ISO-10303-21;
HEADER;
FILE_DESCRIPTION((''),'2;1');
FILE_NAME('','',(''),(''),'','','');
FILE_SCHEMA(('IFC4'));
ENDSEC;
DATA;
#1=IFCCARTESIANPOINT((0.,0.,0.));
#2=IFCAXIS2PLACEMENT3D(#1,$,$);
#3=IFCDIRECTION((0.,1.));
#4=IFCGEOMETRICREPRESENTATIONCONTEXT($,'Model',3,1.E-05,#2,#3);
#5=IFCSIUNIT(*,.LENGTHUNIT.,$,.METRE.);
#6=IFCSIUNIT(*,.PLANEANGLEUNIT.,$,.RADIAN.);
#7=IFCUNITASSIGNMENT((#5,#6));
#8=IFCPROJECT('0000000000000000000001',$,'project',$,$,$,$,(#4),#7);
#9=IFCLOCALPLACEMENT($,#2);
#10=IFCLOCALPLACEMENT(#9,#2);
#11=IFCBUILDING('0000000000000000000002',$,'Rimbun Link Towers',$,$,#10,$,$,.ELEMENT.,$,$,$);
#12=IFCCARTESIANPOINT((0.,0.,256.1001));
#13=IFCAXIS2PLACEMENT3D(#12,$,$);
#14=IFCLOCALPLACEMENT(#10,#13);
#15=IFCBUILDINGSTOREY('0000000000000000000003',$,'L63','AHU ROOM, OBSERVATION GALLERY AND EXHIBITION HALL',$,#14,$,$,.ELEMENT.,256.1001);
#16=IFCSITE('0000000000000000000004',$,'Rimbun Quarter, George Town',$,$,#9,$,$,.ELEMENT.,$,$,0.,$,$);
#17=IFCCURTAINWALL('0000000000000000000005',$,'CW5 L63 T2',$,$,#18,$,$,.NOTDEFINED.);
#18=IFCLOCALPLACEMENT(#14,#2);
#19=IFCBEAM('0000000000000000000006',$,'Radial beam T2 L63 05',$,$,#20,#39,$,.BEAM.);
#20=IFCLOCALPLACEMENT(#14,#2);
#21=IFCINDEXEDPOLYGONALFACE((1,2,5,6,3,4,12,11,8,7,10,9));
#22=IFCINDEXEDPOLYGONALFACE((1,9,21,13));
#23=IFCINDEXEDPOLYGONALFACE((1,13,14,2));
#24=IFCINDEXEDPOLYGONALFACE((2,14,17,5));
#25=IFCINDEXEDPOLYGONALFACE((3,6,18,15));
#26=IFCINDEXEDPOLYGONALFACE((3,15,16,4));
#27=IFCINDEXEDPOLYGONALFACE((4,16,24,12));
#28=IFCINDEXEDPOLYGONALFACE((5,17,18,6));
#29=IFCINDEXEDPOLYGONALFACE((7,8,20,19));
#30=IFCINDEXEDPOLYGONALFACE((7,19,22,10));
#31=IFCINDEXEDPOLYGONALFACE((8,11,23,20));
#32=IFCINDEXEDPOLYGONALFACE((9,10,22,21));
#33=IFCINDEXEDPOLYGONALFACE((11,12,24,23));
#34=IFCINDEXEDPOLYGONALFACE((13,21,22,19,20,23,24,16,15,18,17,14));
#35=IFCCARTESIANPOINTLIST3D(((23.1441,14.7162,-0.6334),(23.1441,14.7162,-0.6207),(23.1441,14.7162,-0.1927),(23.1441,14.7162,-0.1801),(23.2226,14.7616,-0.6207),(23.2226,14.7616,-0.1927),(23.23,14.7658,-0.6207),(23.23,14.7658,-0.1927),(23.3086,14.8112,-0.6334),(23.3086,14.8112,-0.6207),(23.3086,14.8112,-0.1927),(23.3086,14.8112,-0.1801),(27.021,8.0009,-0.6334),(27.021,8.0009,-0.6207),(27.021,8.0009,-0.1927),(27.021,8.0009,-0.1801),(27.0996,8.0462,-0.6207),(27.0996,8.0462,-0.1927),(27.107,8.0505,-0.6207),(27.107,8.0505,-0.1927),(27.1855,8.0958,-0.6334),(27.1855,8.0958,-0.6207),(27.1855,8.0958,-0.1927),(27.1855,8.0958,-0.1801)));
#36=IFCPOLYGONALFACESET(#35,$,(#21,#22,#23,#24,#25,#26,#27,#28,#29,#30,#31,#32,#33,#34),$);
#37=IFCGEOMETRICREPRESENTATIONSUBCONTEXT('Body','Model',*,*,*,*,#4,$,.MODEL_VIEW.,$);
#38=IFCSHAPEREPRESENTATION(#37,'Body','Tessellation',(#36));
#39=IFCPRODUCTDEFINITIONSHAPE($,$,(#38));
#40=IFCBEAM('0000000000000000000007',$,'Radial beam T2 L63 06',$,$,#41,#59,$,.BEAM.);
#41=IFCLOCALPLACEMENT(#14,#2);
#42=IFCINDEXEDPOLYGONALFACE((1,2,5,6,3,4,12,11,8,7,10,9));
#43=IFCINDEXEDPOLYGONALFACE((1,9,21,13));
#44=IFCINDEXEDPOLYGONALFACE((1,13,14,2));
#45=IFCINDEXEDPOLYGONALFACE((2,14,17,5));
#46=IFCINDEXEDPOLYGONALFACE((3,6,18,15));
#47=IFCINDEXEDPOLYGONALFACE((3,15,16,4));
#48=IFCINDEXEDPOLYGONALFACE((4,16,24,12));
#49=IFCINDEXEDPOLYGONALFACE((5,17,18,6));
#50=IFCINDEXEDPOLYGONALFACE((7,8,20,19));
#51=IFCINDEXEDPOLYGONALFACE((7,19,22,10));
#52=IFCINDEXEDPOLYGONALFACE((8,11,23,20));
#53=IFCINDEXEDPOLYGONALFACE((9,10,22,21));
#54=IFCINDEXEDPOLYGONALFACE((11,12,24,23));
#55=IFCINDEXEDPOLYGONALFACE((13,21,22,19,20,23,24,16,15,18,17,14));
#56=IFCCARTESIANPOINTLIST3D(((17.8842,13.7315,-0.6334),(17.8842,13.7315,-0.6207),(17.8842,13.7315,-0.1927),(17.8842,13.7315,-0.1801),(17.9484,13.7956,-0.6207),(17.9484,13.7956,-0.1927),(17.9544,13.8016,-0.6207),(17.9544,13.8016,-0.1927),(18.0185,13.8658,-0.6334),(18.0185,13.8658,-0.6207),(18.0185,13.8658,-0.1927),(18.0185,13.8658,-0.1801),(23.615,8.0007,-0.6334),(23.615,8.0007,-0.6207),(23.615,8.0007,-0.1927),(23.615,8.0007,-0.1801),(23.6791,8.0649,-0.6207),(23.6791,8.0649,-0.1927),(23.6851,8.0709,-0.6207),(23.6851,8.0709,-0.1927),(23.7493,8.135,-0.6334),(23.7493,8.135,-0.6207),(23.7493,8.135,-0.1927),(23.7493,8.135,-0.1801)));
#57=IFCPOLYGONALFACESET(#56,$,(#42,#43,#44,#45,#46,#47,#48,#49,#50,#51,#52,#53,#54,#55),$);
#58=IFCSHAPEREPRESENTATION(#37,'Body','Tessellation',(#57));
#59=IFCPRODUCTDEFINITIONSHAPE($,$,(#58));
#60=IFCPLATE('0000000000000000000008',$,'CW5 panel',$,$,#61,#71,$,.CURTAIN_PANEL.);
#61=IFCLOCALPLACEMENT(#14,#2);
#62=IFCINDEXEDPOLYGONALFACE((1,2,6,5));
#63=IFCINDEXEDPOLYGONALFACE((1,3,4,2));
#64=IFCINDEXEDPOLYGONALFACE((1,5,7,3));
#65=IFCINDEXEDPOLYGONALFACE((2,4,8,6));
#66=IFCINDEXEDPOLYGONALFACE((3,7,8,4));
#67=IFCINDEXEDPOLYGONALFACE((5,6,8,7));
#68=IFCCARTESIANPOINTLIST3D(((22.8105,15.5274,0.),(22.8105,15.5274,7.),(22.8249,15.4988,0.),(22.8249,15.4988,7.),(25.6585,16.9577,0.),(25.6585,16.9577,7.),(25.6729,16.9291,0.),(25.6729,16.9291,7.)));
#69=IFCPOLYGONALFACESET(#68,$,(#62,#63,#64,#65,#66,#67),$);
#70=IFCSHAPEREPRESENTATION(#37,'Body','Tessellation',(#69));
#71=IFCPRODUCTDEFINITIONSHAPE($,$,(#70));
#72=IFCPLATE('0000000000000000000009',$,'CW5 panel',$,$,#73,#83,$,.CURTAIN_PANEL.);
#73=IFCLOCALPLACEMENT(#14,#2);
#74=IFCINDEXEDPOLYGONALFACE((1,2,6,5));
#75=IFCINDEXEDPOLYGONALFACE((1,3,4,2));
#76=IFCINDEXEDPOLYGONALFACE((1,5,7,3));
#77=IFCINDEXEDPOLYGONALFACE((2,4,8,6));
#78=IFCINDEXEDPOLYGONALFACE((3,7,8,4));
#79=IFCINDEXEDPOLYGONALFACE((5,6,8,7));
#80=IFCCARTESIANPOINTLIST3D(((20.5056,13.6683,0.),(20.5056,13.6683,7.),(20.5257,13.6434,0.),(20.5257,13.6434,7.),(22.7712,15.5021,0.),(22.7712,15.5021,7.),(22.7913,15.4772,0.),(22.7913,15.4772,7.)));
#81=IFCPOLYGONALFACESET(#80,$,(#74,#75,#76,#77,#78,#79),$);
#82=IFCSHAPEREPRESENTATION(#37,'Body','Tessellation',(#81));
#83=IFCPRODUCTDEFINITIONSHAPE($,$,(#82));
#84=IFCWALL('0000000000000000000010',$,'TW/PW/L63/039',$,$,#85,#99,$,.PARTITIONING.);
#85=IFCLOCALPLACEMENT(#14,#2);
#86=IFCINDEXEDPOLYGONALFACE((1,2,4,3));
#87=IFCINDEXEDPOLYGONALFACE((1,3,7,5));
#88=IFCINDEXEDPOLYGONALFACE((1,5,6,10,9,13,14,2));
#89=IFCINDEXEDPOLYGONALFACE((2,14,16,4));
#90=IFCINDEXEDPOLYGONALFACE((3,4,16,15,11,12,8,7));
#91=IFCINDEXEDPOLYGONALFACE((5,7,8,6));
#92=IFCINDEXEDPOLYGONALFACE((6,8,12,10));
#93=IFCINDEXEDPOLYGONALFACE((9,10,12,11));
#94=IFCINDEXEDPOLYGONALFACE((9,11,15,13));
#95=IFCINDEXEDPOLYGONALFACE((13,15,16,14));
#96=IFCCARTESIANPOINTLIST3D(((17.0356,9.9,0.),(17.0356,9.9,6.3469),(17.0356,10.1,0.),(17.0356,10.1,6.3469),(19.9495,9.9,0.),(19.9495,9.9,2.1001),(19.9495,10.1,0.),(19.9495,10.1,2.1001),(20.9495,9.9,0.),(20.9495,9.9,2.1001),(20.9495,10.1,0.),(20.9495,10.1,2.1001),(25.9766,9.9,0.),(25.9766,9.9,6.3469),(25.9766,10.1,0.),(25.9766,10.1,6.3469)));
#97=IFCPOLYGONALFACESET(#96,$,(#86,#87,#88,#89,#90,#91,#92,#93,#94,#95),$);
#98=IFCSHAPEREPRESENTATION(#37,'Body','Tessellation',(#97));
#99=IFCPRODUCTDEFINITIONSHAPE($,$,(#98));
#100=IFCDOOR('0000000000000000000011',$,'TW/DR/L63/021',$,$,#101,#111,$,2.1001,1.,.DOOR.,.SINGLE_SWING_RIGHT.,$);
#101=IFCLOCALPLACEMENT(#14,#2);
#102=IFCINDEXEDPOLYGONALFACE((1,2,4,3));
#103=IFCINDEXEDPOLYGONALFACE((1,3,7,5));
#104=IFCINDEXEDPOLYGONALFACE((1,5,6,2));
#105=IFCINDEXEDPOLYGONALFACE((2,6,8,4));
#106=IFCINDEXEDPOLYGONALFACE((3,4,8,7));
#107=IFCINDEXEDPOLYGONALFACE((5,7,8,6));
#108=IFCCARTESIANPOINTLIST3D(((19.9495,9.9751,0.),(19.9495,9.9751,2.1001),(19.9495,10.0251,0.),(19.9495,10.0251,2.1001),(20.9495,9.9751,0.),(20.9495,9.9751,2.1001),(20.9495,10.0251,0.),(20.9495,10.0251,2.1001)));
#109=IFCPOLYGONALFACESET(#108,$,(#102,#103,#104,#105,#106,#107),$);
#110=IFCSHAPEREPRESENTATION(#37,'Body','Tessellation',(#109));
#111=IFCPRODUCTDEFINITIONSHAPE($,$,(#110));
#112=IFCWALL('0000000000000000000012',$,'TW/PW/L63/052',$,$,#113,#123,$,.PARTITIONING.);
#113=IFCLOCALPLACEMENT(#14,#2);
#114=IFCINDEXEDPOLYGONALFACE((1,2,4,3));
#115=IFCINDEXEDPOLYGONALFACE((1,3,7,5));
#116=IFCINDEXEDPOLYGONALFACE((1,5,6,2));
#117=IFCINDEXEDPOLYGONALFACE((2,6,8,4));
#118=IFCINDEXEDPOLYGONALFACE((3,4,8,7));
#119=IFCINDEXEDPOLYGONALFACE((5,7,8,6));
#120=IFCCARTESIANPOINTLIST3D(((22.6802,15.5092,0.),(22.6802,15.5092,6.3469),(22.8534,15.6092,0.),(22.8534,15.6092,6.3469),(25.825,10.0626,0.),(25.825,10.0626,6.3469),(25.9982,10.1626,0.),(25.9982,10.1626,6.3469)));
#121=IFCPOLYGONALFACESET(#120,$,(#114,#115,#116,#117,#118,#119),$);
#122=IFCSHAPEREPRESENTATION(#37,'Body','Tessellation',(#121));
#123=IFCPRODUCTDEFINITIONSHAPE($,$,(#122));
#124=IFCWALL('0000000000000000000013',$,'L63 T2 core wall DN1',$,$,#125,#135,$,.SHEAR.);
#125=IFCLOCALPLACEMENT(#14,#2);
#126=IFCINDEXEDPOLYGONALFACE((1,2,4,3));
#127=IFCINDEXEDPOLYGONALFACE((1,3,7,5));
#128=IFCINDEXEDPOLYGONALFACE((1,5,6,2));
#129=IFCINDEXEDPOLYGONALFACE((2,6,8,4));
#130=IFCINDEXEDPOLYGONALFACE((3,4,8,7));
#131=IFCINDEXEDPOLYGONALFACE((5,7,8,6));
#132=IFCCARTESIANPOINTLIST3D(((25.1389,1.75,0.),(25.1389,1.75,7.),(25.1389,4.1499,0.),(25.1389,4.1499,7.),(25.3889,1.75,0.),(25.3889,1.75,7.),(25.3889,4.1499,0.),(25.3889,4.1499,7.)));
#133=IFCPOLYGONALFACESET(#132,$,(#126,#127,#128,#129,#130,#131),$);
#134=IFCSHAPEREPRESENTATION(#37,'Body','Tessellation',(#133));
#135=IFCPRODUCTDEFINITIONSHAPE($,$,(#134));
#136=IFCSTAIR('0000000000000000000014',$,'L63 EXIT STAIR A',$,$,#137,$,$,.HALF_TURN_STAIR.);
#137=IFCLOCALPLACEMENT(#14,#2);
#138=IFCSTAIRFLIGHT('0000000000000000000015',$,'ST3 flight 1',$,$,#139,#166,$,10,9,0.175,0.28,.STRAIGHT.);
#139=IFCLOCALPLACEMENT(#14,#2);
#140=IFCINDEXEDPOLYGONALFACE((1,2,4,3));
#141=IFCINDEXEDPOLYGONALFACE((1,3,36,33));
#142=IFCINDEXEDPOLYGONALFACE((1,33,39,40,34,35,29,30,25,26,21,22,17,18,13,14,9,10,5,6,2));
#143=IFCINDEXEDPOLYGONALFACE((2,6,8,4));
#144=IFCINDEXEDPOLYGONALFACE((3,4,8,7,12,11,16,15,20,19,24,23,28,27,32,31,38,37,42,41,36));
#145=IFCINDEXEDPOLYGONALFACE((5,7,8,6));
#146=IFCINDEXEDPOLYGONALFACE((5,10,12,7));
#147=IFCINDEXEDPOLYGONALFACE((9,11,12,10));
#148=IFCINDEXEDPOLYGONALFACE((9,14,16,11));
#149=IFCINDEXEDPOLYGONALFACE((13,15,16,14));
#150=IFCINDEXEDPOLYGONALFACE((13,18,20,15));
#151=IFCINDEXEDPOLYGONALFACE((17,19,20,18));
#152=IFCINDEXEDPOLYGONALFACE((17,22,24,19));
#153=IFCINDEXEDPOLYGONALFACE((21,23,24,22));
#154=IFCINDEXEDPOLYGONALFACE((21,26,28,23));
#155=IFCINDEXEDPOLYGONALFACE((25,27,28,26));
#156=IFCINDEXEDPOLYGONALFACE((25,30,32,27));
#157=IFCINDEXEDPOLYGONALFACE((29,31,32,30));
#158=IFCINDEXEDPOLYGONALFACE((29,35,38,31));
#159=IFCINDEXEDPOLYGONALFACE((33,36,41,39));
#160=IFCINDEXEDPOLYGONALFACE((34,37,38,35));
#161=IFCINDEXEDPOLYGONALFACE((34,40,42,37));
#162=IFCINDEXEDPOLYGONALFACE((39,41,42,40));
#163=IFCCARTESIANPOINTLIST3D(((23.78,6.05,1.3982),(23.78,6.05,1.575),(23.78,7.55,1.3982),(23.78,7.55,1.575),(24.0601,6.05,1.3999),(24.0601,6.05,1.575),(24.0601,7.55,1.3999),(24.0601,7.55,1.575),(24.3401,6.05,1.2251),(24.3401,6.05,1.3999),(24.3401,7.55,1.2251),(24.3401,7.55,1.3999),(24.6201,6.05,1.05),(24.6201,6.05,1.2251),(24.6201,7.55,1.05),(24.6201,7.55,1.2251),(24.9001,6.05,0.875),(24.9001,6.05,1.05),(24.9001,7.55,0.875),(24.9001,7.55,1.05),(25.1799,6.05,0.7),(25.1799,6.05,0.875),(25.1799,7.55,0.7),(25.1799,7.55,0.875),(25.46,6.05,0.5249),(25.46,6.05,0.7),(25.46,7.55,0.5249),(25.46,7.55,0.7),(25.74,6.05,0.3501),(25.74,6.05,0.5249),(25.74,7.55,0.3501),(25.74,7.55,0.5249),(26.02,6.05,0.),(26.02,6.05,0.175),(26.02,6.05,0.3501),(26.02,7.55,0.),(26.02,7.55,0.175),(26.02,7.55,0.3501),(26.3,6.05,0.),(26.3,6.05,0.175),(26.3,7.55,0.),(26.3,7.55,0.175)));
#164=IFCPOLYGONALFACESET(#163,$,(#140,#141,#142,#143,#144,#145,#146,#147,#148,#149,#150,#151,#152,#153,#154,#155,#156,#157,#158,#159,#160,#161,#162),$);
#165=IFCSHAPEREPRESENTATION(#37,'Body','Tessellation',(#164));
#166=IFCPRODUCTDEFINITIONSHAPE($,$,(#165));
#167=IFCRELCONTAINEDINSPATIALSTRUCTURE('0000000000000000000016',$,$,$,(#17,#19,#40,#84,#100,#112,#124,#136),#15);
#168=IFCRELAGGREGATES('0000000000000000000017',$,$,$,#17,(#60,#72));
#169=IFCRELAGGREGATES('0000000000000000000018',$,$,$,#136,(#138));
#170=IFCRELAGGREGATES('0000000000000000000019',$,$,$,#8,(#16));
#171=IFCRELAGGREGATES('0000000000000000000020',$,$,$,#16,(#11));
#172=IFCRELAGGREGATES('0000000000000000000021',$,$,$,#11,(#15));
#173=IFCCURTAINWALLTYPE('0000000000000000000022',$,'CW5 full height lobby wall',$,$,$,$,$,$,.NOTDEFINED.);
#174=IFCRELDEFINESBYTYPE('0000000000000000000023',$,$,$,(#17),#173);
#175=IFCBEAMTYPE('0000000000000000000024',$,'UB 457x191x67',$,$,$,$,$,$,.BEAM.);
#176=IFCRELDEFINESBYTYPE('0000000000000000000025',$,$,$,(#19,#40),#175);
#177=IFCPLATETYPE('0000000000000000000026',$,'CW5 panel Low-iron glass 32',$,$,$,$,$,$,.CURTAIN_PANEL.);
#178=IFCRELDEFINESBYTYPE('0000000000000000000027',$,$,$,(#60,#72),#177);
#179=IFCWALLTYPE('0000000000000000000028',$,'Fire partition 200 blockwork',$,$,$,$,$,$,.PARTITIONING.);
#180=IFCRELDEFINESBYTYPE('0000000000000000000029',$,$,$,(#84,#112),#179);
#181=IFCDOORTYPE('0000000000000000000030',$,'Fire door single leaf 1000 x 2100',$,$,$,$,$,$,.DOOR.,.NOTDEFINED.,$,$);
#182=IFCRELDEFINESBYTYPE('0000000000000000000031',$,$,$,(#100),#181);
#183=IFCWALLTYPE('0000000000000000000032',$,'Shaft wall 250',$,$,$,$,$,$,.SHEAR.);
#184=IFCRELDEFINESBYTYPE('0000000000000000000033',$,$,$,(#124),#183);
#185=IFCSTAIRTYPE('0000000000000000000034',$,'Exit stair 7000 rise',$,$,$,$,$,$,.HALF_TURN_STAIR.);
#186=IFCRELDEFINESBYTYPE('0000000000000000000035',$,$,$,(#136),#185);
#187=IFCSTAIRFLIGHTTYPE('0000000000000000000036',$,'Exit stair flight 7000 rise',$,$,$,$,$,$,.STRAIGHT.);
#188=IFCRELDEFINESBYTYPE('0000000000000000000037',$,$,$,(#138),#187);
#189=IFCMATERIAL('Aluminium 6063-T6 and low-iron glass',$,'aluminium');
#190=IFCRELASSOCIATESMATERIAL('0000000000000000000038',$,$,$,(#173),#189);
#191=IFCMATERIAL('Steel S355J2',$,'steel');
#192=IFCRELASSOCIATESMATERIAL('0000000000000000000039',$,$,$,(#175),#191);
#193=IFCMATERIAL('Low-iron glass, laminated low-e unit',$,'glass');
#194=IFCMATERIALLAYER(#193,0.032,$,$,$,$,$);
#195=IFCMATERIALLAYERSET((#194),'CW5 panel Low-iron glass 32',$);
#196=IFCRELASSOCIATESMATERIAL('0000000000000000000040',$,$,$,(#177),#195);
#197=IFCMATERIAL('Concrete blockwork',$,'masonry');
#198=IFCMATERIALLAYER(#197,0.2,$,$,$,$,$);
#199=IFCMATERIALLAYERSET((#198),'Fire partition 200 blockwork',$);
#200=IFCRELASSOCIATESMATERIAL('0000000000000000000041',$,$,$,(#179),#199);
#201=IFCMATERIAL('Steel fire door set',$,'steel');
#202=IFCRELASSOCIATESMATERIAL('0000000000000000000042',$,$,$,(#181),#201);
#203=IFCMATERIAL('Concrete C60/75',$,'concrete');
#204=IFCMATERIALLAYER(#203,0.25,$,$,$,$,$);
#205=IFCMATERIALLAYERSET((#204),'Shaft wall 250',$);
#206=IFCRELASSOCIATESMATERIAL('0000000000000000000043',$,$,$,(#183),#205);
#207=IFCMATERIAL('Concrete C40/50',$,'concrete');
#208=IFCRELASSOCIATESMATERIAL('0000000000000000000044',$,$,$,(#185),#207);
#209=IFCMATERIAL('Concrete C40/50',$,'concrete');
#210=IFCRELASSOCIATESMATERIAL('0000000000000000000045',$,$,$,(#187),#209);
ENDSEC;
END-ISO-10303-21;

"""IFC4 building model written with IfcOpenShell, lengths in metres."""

from ifc_helpers import new_model, si_unit, direction, frame, frame_2d, origin, origin_2d, place, context, subcontext, project, spatial, polyline, rectangle, i_section, outline, extrude, material, layer, layer_set, material_profile, profile_set, type_object, element, fill, aggregate, save


model = new_model("IFC4")

# Units and contexts
model_context = context("Model", 3, precision=1e-05, world=origin(), true_north=direction((0.0, 1.0)))
body_context = subcontext(model_context, "Body", "Model", "MODEL_VIEW")
ifc_project = project(units=[si_unit("LENGTHUNIT", "METRE"), si_unit("PLANEANGLEUNIT", "RADIAN")], contexts=[model_context])

# Site, building, storey
site_placement = place(None, origin())
site = spatial("IfcSite", under=ifc_project, at=site_placement, Name="Rimbun Quarter, George Town", CompositionType="ELEMENT", RefElevation=0.0)
building_placement = place(site_placement, origin())
building = spatial("IfcBuilding", under=site, at=building_placement, Name="Rimbun Link Towers", CompositionType="ELEMENT")
storey_placement = place(building_placement, frame((0.0, 0.0, 256.1001)))
storey = spatial("IfcBuildingStorey", under=building, at=storey_placement, Name="L63", Description="AHU ROOM, OBSERVATION GALLERY AND EXHIBITION HALL", CompositionType="ELEMENT", Elevation=256.1001)

# Curtain wall
ifc_material_1 = material(Name="Aluminium 6063-T6 and low-iron glass", Category="aluminium")
curtain_wall_type = type_object("IfcCurtainWallType", Name="CW5 full height lobby wall", PredefinedType="NOTDEFINED", material=ifc_material_1)
curtain_wall_placement = place(storey_placement, origin())
curtain_wall = element("IfcCurtainWall", 1, at=curtain_wall_placement, inside=storey, type_object=curtain_wall_type, Name="CW5 L63 T2", PredefinedType="NOTDEFINED")

# Beams
ifc_material_2 = material(Name="Steel S355J2", Category="steel")
ifc_material_profile_1 = material_profile(ifc_material_2, i_section(OverallWidth=0.1899, OverallDepth=0.4534, WebThickness=0.0085, FlangeThickness=0.0127, at=origin_2d()), Name="UB 457x191x67")
ifc_profile_set_1 = profile_set([ifc_material_profile_1], Name="Steel S355J2")
beam_type_1 = type_object("IfcBeamType", Name="UB 457x191x67", PredefinedType="BEAM", material=ifc_profile_set_1)
beam_1_placement = place(storey_placement, frame((27.1033, 8.0483, -0.4067), z_axis=(-0.499986, 0.866034, 0.0), x_axis=(-0.866034, -0.499986, 0.0)))
element("IfcBeam", 2, at=beam_1_placement, inside=storey, type_object=beam_type_1, Name="Radial beam T2 L63 05", PredefinedType="BEAM", context=body_context, shape_type="SweptSolid", body=[
    extrude(i_section(OverallWidth=0.1899, OverallDepth=0.4534, WebThickness=0.0085, FlangeThickness=0.0127, at=origin_2d()), origin(), (0.0, 0.0, 1.0), 7.7542),
])
beam_2_placement = place(storey_placement, frame((23.6821, 8.0679, -0.4067), z_axis=(-0.707107, 0.707107, 0.0), x_axis=(-0.707107, -0.707107, 0.0)))
element("IfcBeam", 3, at=beam_2_placement, inside=storey, type_object=beam_type_1, Name="Radial beam T2 L63 06", PredefinedType="BEAM", context=body_context, shape_type="SweptSolid", body=[
    extrude(i_section(OverallWidth=0.1899, OverallDepth=0.4534, WebThickness=0.0085, FlangeThickness=0.0127, at=origin_2d()), origin(), (0.0, 0.0, 1.0), 8.1045),
])

# Plates
ifc_material_3 = material(Name="Low-iron glass, laminated low-e unit", Category="glass")
ifc_layer_1 = layer(ifc_material_3, 0.032)
ifc_layer_set_1 = layer_set([ifc_layer_1], Name="CW5 panel Low-iron glass 32")
plate_type = type_object("IfcPlateType", Name="CW5 panel Low-iron glass 32", PredefinedType="CURTAIN_PANEL", material=ifc_layer_set_1)
plate_1_placement = place(storey_placement, frame((24.2417, 16.2283, 0.0), z_axis=(0.0, 0.0, 1.0), x_axis=(0.893639, 0.448787, 0.0)))
plate_1 = element("IfcPlate", 4, at=plate_1_placement, type_object=plate_type, Name="CW5 panel", PredefinedType="CURTAIN_PANEL", context=body_context, shape_type="SweptSolid", body=[
    extrude(rectangle(XDim=3.187, YDim=0.032, at=origin_2d()), origin(), (0.0, 0.0, 1.0), 7.0),
])
plate_2_placement = place(storey_placement, frame((21.6484, 14.5728, 0.0), z_axis=(0.0, 0.0, 1.0), x_axis=(0.777289, 0.629144, 0.0)))
plate_2 = element("IfcPlate", 5, at=plate_2_placement, type_object=plate_type, Name="CW5 panel", PredefinedType="CURTAIN_PANEL", context=body_context, shape_type="SweptSolid", body=[
    extrude(rectangle(XDim=2.9148, YDim=0.032, at=origin_2d()), origin(), (0.0, 0.0, 1.0), 7.0),
])
aggregate(curtain_wall, [plate_1, plate_2])

# Wall, opening, door
ifc_material_4 = material(Name="Concrete blockwork", Category="masonry")
ifc_layer_2 = layer(ifc_material_4, 0.2)
ifc_layer_set_2 = layer_set([ifc_layer_2], Name="Fire partition 200 blockwork")
wall_type_1 = type_object("IfcWallType", Name="Fire partition 200 blockwork", PredefinedType="PARTITIONING", material=ifc_layer_set_2)
wall_1_placement = place(storey_placement, frame((25.9766, 10.0, 0.0), z_axis=(0.0, 0.0, 1.0), x_axis=(-1.0, 0.0, 0.0)))
wall_1 = element("IfcWall", 6, at=wall_1_placement, inside=storey, type_object=wall_type_1, Name="TW/PW/L63/039", PredefinedType="PARTITIONING", context=body_context, shape_type="SweptSolid", body=[
    extrude(rectangle(XDim=8.9409, YDim=0.2, at=frame_2d((4.4705, 0.0))), origin(), (0.0, 0.0, 1.0), 6.3469),
])
opening_placement = place(wall_1_placement, frame((5.0271, 0.0, 0.0)))
opening = element("IfcOpeningElement", 7, at=opening_placement, cuts=wall_1, PredefinedType="OPENING", context=body_context, shape_type="SweptSolid", body=[
    extrude(rectangle(XDim=1.0, YDim=2.1001, at=frame_2d((0.5, 1.05))), frame((0.0, 0.1099, 0.0), z_axis=(0.0, -1.0, 0.0), x_axis=(1.0, 0.0, 0.0)), (0.0, 0.0, 1.0), 0.22),
])
ifc_material_5 = material(Name="Steel fire door set", Category="steel")
door_type = type_object("IfcDoorType", Name="Fire door single leaf 1000 x 2100", OperationType="NOTDEFINED", PredefinedType="DOOR", material=ifc_material_5)
door_placement = place(opening_placement, origin())
door = element("IfcDoor", 8, at=door_placement, inside=storey, type_object=door_type, Name="TW/DR/L63/021", OperationType="SINGLE_SWING_RIGHT", OverallHeight=2.1001, OverallWidth=1.0, PredefinedType="DOOR", context=body_context, shape_type="SweptSolid", body=[
    extrude(rectangle(XDim=1.0, YDim=2.1001, at=frame_2d((0.5, 1.05))), frame((0.0, 0.0249, 0.0), z_axis=(0.0, -1.0, 0.0), x_axis=(1.0, 0.0, 0.0)), (0.0, 0.0, 1.0), 0.05),
])
fill(opening, door)

# Walls
wall_2_placement = place(storey_placement, frame((22.7668, 15.5591, 0.0), z_axis=(0.0, 0.0, 1.0), x_axis=(0.500026, -0.86601, 0.0)))
element("IfcWall", 9, at=wall_2_placement, inside=storey, type_object=wall_type_1, Name="TW/PW/L63/052", PredefinedType="PARTITIONING", context=body_context, shape_type="SweptSolid", body=[
    extrude(rectangle(XDim=6.2893, YDim=0.2, at=frame_2d((3.1445, 0.0))), origin(), (0.0, 0.0, 1.0), 6.3469),
])
ifc_material_6 = material(Name="Concrete C60/75", Category="concrete")
ifc_layer_3 = layer(ifc_material_6, 0.25)
ifc_layer_set_3 = layer_set([ifc_layer_3], Name="Shaft wall 250")
wall_type_2 = type_object("IfcWallType", Name="Shaft wall 250", PredefinedType="SHEAR", material=ifc_layer_set_3)
wall_3_placement = place(storey_placement, frame((25.2639, 1.75, 0.0), z_axis=(0.0, 0.0, 1.0), x_axis=(0.0, 1.0, 0.0)))
element("IfcWall", 10, at=wall_3_placement, inside=storey, type_object=wall_type_2, Name="L63 T2 core wall DN1", PredefinedType="SHEAR", context=body_context, shape_type="SweptSolid", body=[
    extrude(rectangle(XDim=2.3999, YDim=0.25, at=frame_2d((1.2, 0.0))), origin(), (0.0, 0.0, 1.0), 7.0),
])

# Stair, stair flight
ifc_material_7 = material(Name="Concrete C40/50", Category="concrete")
stair_type = type_object("IfcStairType", Name="Exit stair 7000 rise", PredefinedType="HALF_TURN_STAIR", material=ifc_material_7)
stair_placement = place(storey_placement, origin())
stair = element("IfcStair", 11, at=stair_placement, inside=storey, type_object=stair_type, Name="L63 EXIT STAIR A", PredefinedType="HALF_TURN_STAIR")
ifc_material_8 = material(Name="Concrete C40/50", Category="concrete")
stair_flight_type = type_object("IfcStairFlightType", Name="Exit stair flight 7000 rise", PredefinedType="STRAIGHT", material=ifc_material_8)
stair_flight_1_placement = place(storey_placement, frame((26.3, 6.8, 0.0), z_axis=(0.0, 0.0, 1.0), x_axis=(-1.0, 0.0, 0.0)))
stair_flight_1 = element("IfcStairFlight", 12, at=stair_flight_1_placement, type_object=stair_flight_type, Name="ST3 flight 1", NumberOfRisers=10, NumberOfTreads=9, PredefinedType="STRAIGHT", RiserHeight=0.175, TreadLength=0.28, context=body_context, shape_type="SweptSolid", body=[
    extrude(outline(polyline([(0.0, 0.0), (0.0, 0.175), (0.28, 0.175), (0.28, 0.3501), (0.5601, 0.3501), (0.5601, 0.5249), (0.8401, 0.5249), (0.8401, 0.7), (1.1201, 0.7), (1.1201, 0.875), (1.3999, 0.875), (1.3999, 1.05), (1.6799, 1.05), (1.6799, 1.2251), (1.96, 1.2251), (1.96, 1.3999), (2.24, 1.3999), (2.24, 1.575), (2.52, 1.575), (2.52, 1.75), (2.52, 1.3982), (0.28, 0.0), (0.0, 0.0)])), frame((0.0, 0.75, 0.0), z_axis=(0.0, -1.0, 0.0), x_axis=(1.0, 0.0, 0.0)), (0.0, 0.0, 1.0), 1.5),
])
aggregate(stair, [stair_flight_1])

save(model, "model.ifc")
